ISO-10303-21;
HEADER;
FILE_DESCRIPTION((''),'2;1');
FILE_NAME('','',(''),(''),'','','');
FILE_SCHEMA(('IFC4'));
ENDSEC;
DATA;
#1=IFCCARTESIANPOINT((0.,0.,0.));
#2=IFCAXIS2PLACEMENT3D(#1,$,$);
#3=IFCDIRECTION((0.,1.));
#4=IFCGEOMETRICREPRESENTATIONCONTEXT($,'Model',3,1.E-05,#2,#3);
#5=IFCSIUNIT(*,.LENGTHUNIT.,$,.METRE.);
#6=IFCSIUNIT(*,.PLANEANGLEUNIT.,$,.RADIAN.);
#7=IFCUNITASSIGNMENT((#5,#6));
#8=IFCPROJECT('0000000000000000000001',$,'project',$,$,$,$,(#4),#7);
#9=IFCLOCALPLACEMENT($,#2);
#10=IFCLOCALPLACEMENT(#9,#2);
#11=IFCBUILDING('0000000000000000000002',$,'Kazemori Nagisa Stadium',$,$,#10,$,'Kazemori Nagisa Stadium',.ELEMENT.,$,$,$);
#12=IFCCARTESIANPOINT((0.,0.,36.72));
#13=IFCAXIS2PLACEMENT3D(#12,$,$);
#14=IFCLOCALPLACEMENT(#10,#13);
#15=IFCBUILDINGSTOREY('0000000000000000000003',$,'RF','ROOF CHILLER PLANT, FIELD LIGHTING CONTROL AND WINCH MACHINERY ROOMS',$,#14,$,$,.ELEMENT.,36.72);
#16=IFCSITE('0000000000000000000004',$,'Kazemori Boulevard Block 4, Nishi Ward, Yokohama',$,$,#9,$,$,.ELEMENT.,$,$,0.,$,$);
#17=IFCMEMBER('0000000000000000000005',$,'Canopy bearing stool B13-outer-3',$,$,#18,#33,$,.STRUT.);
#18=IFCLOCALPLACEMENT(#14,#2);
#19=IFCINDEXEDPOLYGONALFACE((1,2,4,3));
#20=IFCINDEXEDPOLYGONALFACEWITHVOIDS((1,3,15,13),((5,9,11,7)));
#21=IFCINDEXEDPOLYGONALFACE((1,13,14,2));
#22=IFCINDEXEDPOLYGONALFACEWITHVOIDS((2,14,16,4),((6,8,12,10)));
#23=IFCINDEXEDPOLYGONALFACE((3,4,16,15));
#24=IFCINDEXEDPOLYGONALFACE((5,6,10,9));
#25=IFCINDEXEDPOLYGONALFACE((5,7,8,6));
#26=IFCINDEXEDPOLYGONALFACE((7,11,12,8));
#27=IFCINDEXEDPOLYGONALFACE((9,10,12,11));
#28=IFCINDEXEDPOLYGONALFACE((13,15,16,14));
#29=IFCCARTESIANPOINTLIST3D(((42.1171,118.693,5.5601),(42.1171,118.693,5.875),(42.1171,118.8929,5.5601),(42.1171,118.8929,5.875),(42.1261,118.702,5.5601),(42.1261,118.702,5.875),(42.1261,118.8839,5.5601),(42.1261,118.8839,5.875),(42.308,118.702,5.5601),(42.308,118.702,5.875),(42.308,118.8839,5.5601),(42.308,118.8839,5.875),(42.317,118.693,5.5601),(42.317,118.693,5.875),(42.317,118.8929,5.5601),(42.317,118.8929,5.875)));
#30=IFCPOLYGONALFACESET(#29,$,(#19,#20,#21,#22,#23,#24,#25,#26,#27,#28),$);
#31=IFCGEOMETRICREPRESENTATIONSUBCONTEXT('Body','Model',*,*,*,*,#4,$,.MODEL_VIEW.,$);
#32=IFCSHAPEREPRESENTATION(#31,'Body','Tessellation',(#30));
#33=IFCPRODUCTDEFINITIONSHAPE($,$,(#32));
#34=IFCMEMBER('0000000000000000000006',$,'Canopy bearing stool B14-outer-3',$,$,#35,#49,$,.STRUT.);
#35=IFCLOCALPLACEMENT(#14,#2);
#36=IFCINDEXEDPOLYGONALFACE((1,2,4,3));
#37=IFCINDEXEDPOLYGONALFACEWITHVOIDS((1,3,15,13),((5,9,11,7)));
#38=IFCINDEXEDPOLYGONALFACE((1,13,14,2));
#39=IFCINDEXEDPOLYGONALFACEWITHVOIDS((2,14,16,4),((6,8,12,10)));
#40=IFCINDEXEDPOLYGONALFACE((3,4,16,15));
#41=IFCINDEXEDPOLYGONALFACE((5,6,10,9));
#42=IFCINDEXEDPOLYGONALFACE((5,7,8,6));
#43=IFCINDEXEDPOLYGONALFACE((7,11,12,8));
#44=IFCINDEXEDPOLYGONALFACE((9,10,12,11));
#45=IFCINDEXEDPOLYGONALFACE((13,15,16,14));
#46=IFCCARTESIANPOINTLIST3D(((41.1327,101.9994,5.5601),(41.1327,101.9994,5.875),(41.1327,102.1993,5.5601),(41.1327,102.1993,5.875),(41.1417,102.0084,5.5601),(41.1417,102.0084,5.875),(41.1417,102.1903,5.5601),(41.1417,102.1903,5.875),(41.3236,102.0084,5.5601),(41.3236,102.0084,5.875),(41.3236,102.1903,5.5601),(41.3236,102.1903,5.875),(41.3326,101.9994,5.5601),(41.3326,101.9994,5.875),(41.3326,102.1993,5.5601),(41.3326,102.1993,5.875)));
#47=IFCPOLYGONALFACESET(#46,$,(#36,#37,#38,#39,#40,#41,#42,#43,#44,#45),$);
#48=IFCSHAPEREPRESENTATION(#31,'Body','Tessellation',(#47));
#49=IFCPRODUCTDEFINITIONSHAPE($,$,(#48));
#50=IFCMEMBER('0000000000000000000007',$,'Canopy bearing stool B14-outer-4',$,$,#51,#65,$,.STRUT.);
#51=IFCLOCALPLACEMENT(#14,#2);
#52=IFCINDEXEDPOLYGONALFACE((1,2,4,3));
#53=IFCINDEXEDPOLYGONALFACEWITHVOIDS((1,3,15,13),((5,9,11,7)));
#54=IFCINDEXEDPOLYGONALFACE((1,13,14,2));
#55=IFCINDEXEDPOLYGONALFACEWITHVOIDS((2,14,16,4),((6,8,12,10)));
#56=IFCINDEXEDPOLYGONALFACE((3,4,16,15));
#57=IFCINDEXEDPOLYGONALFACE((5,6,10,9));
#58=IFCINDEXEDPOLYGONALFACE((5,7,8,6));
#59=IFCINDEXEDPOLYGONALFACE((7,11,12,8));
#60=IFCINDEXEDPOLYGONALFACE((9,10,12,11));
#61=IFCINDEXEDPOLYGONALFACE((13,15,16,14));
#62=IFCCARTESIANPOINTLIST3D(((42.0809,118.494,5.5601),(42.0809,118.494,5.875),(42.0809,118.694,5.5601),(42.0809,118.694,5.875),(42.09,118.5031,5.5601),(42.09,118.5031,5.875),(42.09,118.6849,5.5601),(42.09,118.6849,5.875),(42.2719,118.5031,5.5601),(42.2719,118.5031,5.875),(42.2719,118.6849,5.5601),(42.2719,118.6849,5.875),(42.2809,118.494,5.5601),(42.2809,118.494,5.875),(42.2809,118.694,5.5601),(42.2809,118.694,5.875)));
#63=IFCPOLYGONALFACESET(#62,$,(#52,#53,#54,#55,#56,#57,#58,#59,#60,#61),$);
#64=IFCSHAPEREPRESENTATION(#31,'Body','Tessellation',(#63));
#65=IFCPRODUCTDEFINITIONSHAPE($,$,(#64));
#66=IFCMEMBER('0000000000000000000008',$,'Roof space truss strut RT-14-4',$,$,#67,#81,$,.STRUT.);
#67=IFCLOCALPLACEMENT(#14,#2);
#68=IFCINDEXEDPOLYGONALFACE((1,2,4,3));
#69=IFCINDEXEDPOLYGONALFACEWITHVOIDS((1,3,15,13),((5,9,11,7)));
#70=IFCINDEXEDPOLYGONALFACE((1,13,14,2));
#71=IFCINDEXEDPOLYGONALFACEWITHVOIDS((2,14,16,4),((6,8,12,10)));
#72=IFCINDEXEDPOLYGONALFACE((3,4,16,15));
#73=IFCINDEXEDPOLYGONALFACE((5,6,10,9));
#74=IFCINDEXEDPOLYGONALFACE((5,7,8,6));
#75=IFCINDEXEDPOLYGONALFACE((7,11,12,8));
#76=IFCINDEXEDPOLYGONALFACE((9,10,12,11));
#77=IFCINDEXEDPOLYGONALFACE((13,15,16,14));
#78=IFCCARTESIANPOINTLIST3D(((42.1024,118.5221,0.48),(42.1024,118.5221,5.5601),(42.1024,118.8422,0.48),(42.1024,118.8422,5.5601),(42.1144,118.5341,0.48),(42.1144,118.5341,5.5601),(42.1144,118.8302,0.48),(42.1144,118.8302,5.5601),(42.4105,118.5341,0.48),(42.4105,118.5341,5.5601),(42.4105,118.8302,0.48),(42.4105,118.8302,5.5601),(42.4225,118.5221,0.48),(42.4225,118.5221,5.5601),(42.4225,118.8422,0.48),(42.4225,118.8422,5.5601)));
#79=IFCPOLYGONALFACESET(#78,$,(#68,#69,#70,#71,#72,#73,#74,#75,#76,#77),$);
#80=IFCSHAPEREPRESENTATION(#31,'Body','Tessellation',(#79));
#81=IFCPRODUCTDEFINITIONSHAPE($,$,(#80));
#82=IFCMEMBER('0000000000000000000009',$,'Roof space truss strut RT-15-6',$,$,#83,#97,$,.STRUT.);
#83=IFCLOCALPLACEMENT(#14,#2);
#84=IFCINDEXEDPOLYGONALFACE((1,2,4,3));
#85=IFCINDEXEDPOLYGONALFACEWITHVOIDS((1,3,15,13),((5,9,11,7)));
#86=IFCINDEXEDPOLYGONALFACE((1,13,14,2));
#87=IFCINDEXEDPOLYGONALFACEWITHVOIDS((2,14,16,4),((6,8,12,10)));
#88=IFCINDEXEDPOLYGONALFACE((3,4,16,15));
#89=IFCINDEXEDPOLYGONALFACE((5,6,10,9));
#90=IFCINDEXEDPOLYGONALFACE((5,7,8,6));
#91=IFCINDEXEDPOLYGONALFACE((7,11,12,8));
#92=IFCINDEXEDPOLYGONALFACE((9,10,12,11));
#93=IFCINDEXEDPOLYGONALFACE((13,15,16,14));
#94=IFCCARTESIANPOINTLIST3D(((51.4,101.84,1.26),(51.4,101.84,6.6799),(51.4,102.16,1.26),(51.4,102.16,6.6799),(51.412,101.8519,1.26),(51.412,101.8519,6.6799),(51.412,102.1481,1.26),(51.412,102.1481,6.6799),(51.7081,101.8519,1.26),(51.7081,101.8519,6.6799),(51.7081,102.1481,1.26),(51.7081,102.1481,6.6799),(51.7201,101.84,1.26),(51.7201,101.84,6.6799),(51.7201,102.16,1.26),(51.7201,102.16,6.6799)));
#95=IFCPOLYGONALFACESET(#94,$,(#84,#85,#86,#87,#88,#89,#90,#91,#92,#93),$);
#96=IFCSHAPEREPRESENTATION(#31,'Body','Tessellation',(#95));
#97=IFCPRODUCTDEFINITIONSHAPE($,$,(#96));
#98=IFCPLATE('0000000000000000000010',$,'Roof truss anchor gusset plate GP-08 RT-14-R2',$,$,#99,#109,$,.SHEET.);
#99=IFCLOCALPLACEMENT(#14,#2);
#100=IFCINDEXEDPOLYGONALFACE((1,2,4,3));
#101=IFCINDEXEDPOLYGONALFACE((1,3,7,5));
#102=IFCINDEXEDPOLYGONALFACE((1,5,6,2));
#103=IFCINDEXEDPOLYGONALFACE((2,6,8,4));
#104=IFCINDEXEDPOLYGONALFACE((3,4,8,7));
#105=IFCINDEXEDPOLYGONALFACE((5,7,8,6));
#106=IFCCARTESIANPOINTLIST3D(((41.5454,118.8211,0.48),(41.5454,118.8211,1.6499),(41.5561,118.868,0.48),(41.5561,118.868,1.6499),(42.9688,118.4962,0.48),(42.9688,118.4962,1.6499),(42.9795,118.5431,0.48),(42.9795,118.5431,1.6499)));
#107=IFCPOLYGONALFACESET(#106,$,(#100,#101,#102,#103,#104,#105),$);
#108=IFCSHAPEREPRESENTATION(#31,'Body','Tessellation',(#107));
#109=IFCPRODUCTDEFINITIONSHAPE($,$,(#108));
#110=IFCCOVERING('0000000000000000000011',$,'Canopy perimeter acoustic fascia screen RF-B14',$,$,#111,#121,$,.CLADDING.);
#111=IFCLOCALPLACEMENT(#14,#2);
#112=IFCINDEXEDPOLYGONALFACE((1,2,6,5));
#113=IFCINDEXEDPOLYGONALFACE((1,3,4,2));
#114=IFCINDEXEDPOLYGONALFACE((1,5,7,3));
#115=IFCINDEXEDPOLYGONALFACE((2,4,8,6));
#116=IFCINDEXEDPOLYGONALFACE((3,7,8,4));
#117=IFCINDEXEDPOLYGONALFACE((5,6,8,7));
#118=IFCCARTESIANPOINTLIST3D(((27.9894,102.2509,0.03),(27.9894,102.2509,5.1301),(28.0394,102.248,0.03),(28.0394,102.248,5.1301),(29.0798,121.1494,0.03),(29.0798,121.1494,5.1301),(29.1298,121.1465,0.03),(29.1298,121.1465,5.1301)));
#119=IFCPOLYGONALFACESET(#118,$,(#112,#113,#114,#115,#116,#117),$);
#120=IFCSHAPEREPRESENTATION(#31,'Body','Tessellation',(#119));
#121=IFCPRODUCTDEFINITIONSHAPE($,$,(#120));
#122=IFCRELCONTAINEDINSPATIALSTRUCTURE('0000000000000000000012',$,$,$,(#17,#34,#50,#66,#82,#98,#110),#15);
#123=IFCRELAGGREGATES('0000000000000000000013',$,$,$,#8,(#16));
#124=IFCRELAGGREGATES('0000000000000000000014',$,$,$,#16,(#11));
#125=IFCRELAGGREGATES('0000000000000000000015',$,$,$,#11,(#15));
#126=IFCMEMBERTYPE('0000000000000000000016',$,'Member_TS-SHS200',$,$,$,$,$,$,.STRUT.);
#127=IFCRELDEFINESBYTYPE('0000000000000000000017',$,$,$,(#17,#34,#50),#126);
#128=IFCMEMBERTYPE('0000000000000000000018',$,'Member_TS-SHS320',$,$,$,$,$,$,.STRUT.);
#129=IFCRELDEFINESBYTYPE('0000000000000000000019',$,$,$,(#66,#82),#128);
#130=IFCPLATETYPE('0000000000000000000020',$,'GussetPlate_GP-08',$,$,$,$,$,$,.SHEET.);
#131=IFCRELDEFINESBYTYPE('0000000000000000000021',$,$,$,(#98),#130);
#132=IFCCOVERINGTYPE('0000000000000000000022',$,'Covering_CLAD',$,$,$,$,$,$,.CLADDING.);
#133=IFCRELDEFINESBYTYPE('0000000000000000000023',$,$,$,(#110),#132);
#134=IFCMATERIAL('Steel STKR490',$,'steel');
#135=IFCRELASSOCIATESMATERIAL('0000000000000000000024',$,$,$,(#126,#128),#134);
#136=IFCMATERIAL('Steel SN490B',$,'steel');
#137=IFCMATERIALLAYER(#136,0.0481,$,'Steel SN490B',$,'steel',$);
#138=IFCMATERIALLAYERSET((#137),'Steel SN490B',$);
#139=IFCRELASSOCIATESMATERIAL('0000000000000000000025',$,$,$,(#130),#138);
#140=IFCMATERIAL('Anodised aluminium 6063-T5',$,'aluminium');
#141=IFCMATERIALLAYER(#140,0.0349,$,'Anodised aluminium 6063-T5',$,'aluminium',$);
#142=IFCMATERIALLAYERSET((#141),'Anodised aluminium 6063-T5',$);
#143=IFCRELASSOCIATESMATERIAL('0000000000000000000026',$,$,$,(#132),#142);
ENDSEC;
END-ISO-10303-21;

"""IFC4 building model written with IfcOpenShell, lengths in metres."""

from ifc_helpers import new_model, si_unit, direction, frame, origin, origin_2d, place, context, subcontext, project, spatial, rectangle, hollow_rectangle, extrude, material, layer, layer_set, material_profile, profile_set, type_object, element, save


model = new_model("IFC4")

# Units and contexts
model_context = context("Model", 3, precision=1e-05, world=origin(), true_north=direction((0.0, 1.0)))
body_context = subcontext(model_context, "Body", "Model", "MODEL_VIEW")
ifc_project = project(units=[si_unit("LENGTHUNIT", "METRE"), si_unit("PLANEANGLEUNIT", "RADIAN")], contexts=[model_context])

# Site, building, storey
site_placement = place(None, origin())
site = spatial("IfcSite", under=ifc_project, at=site_placement, Name="Kazemori Boulevard Block 4, Nishi Ward, Yokohama", CompositionType="ELEMENT", RefElevation=0.0)
building_placement = place(site_placement, origin())
building = spatial("IfcBuilding", under=site, at=building_placement, Name="Kazemori Nagisa Stadium", LongName="Kazemori Nagisa Stadium", CompositionType="ELEMENT")
storey_placement = place(building_placement, frame((0.0, 0.0, 36.72)))
storey = spatial("IfcBuildingStorey", under=building, at=storey_placement, Name="RF", Description="ROOF CHILLER PLANT, FIELD LIGHTING CONTROL AND WINCH MACHINERY ROOMS", CompositionType="ELEMENT", Elevation=36.72)

# Shared definitions
ifc_material_1 = material(Name="Steel SN490B", Category="steel")

# Members
ifc_material_2 = material(Name="Steel STKR490", Category="steel")
ifc_material_profile_1 = material_profile(ifc_material_2, hollow_rectangle(XDim=0.2, YDim=0.2, WallThickness=0.009, at=origin_2d()), Name="SHS-200x200x9")
ifc_profile_set_1 = profile_set([ifc_material_profile_1], Name="Steel STKR490")
member_type_1 = type_object("IfcMemberType", Name="Member_TS-SHS200", PredefinedType="STRUT", material=ifc_profile_set_1)
for number, where, z_axis, x_axis, name in (
    (1, (42.217, 118.793, 5.5601), (0.0, 0.0, 1.0), (1.0, 0.0, 0.0), "Canopy bearing stool B13-outer-3"),
    (2, (41.2327, 102.0994, 5.5601), (0.0, 0.0, 1.0), (1.0, 0.0, 0.0), "Canopy bearing stool B14-outer-3"),
    (3, (42.1809, 118.594, 5.5601), (0.0, 0.0, 1.0), (1.0, 0.0, 0.0), "Canopy bearing stool B14-outer-4"),
):
    element("IfcMember", number, at=place(storey_placement, frame(where, z_axis=z_axis, x_axis=x_axis)), inside=storey, type_object=member_type_1, Name=name, PredefinedType="STRUT", context=body_context, shape_type="SweptSolid", body=[
        extrude(hollow_rectangle(XDim=0.2, YDim=0.2, WallThickness=0.009, at=origin_2d()), origin(), (0.0, 0.0, 1.0), 0.3149),
    ])
ifc_material_profile_2 = material_profile(ifc_material_2, hollow_rectangle(XDim=0.3201, YDim=0.3201, WallThickness=0.012, at=origin_2d()), Name="SHS-320x320x12")
ifc_profile_set_2 = profile_set([ifc_material_profile_2], Name="Steel STKR490")
member_type_2 = type_object("IfcMemberType", Name="Member_TS-SHS320", PredefinedType="STRUT", material=ifc_profile_set_2)
member_1_placement = place(storey_placement, frame((42.2625, 118.6821, 0.48), z_axis=(0.0, 0.0, 1.0), x_axis=(1.0, 0.0, 0.0)))
element("IfcMember", 4, at=member_1_placement, inside=storey, type_object=member_type_2, Name="Roof space truss strut RT-14-4", PredefinedType="STRUT", context=body_context, shape_type="SweptSolid", body=[
    extrude(hollow_rectangle(XDim=0.3201, YDim=0.3201, WallThickness=0.012, at=origin_2d()), origin(), (0.0, 0.0, 1.0), 5.0801),
])
member_2_placement = place(storey_placement, frame((51.5601, 102.0, 1.26), z_axis=(0.0, 0.0, 1.0), x_axis=(1.0, 0.0, 0.0)))
element("IfcMember", 5, at=member_2_placement, inside=storey, type_object=member_type_2, Name="Roof space truss strut RT-15-6", PredefinedType="STRUT", context=body_context, shape_type="SweptSolid", body=[
    extrude(hollow_rectangle(XDim=0.3201, YDim=0.3201, WallThickness=0.012, at=origin_2d()), origin(), (0.0, 0.0, 1.0), 5.4199),
])

# Plate
ifc_layer_1 = layer(ifc_material_1, 0.0481, Name="Steel SN490B", Category="steel")
ifc_layer_set_1 = layer_set([ifc_layer_1], Name="Steel SN490B")
plate_type = type_object("IfcPlateType", Name="GussetPlate_GP-08", PredefinedType="SHEET", material=ifc_layer_set_1)
plate_placement = place(storey_placement, frame((42.2625, 118.6821, 0.48), z_axis=(0.0, 0.0, 1.0), x_axis=(-0.974928, 0.222521, 0.0)))
element("IfcPlate", 6, at=plate_placement, inside=storey, type_object=plate_type, Name="Roof truss anchor gusset plate GP-08 RT-14-R2", PredefinedType="SHEET", context=body_context, shape_type="SweptSolid", body=[
    extrude(rectangle(XDim=1.46, YDim=0.0481, at=origin_2d()), origin(), (0.0, 0.0, 1.0), 1.1699),
])

# Covering
ifc_material_3 = material(Name="Anodised aluminium 6063-T5", Category="aluminium")
ifc_layer_2 = layer(ifc_material_3, 0.0349, Name="Anodised aluminium 6063-T5", Category="aluminium")
ifc_layer_set_2 = layer_set([ifc_layer_2], Name="Anodised aluminium 6063-T5")
covering_type = type_object("IfcCoveringType", Name="Covering_CLAD", PredefinedType="CLADDING", material=ifc_layer_set_2)
covering_placement = place(storey_placement, frame((28.5596, 111.6987, 0.03), z_axis=(0.0, 0.0, 1.0), x_axis=(-0.057602, -0.99834, 0.0)))
element("IfcCovering", 7, at=covering_placement, inside=storey, type_object=covering_type, Name="Canopy perimeter acoustic fascia screen RF-B14", PredefinedType="CLADDING", context=body_context, shape_type="SweptSolid", body=[
    extrude(rectangle(XDim=18.9299, YDim=0.05, at=origin_2d()), origin(), (0.0, 0.0, 1.0), 5.1001),
])

save(model, "model.ifc")
